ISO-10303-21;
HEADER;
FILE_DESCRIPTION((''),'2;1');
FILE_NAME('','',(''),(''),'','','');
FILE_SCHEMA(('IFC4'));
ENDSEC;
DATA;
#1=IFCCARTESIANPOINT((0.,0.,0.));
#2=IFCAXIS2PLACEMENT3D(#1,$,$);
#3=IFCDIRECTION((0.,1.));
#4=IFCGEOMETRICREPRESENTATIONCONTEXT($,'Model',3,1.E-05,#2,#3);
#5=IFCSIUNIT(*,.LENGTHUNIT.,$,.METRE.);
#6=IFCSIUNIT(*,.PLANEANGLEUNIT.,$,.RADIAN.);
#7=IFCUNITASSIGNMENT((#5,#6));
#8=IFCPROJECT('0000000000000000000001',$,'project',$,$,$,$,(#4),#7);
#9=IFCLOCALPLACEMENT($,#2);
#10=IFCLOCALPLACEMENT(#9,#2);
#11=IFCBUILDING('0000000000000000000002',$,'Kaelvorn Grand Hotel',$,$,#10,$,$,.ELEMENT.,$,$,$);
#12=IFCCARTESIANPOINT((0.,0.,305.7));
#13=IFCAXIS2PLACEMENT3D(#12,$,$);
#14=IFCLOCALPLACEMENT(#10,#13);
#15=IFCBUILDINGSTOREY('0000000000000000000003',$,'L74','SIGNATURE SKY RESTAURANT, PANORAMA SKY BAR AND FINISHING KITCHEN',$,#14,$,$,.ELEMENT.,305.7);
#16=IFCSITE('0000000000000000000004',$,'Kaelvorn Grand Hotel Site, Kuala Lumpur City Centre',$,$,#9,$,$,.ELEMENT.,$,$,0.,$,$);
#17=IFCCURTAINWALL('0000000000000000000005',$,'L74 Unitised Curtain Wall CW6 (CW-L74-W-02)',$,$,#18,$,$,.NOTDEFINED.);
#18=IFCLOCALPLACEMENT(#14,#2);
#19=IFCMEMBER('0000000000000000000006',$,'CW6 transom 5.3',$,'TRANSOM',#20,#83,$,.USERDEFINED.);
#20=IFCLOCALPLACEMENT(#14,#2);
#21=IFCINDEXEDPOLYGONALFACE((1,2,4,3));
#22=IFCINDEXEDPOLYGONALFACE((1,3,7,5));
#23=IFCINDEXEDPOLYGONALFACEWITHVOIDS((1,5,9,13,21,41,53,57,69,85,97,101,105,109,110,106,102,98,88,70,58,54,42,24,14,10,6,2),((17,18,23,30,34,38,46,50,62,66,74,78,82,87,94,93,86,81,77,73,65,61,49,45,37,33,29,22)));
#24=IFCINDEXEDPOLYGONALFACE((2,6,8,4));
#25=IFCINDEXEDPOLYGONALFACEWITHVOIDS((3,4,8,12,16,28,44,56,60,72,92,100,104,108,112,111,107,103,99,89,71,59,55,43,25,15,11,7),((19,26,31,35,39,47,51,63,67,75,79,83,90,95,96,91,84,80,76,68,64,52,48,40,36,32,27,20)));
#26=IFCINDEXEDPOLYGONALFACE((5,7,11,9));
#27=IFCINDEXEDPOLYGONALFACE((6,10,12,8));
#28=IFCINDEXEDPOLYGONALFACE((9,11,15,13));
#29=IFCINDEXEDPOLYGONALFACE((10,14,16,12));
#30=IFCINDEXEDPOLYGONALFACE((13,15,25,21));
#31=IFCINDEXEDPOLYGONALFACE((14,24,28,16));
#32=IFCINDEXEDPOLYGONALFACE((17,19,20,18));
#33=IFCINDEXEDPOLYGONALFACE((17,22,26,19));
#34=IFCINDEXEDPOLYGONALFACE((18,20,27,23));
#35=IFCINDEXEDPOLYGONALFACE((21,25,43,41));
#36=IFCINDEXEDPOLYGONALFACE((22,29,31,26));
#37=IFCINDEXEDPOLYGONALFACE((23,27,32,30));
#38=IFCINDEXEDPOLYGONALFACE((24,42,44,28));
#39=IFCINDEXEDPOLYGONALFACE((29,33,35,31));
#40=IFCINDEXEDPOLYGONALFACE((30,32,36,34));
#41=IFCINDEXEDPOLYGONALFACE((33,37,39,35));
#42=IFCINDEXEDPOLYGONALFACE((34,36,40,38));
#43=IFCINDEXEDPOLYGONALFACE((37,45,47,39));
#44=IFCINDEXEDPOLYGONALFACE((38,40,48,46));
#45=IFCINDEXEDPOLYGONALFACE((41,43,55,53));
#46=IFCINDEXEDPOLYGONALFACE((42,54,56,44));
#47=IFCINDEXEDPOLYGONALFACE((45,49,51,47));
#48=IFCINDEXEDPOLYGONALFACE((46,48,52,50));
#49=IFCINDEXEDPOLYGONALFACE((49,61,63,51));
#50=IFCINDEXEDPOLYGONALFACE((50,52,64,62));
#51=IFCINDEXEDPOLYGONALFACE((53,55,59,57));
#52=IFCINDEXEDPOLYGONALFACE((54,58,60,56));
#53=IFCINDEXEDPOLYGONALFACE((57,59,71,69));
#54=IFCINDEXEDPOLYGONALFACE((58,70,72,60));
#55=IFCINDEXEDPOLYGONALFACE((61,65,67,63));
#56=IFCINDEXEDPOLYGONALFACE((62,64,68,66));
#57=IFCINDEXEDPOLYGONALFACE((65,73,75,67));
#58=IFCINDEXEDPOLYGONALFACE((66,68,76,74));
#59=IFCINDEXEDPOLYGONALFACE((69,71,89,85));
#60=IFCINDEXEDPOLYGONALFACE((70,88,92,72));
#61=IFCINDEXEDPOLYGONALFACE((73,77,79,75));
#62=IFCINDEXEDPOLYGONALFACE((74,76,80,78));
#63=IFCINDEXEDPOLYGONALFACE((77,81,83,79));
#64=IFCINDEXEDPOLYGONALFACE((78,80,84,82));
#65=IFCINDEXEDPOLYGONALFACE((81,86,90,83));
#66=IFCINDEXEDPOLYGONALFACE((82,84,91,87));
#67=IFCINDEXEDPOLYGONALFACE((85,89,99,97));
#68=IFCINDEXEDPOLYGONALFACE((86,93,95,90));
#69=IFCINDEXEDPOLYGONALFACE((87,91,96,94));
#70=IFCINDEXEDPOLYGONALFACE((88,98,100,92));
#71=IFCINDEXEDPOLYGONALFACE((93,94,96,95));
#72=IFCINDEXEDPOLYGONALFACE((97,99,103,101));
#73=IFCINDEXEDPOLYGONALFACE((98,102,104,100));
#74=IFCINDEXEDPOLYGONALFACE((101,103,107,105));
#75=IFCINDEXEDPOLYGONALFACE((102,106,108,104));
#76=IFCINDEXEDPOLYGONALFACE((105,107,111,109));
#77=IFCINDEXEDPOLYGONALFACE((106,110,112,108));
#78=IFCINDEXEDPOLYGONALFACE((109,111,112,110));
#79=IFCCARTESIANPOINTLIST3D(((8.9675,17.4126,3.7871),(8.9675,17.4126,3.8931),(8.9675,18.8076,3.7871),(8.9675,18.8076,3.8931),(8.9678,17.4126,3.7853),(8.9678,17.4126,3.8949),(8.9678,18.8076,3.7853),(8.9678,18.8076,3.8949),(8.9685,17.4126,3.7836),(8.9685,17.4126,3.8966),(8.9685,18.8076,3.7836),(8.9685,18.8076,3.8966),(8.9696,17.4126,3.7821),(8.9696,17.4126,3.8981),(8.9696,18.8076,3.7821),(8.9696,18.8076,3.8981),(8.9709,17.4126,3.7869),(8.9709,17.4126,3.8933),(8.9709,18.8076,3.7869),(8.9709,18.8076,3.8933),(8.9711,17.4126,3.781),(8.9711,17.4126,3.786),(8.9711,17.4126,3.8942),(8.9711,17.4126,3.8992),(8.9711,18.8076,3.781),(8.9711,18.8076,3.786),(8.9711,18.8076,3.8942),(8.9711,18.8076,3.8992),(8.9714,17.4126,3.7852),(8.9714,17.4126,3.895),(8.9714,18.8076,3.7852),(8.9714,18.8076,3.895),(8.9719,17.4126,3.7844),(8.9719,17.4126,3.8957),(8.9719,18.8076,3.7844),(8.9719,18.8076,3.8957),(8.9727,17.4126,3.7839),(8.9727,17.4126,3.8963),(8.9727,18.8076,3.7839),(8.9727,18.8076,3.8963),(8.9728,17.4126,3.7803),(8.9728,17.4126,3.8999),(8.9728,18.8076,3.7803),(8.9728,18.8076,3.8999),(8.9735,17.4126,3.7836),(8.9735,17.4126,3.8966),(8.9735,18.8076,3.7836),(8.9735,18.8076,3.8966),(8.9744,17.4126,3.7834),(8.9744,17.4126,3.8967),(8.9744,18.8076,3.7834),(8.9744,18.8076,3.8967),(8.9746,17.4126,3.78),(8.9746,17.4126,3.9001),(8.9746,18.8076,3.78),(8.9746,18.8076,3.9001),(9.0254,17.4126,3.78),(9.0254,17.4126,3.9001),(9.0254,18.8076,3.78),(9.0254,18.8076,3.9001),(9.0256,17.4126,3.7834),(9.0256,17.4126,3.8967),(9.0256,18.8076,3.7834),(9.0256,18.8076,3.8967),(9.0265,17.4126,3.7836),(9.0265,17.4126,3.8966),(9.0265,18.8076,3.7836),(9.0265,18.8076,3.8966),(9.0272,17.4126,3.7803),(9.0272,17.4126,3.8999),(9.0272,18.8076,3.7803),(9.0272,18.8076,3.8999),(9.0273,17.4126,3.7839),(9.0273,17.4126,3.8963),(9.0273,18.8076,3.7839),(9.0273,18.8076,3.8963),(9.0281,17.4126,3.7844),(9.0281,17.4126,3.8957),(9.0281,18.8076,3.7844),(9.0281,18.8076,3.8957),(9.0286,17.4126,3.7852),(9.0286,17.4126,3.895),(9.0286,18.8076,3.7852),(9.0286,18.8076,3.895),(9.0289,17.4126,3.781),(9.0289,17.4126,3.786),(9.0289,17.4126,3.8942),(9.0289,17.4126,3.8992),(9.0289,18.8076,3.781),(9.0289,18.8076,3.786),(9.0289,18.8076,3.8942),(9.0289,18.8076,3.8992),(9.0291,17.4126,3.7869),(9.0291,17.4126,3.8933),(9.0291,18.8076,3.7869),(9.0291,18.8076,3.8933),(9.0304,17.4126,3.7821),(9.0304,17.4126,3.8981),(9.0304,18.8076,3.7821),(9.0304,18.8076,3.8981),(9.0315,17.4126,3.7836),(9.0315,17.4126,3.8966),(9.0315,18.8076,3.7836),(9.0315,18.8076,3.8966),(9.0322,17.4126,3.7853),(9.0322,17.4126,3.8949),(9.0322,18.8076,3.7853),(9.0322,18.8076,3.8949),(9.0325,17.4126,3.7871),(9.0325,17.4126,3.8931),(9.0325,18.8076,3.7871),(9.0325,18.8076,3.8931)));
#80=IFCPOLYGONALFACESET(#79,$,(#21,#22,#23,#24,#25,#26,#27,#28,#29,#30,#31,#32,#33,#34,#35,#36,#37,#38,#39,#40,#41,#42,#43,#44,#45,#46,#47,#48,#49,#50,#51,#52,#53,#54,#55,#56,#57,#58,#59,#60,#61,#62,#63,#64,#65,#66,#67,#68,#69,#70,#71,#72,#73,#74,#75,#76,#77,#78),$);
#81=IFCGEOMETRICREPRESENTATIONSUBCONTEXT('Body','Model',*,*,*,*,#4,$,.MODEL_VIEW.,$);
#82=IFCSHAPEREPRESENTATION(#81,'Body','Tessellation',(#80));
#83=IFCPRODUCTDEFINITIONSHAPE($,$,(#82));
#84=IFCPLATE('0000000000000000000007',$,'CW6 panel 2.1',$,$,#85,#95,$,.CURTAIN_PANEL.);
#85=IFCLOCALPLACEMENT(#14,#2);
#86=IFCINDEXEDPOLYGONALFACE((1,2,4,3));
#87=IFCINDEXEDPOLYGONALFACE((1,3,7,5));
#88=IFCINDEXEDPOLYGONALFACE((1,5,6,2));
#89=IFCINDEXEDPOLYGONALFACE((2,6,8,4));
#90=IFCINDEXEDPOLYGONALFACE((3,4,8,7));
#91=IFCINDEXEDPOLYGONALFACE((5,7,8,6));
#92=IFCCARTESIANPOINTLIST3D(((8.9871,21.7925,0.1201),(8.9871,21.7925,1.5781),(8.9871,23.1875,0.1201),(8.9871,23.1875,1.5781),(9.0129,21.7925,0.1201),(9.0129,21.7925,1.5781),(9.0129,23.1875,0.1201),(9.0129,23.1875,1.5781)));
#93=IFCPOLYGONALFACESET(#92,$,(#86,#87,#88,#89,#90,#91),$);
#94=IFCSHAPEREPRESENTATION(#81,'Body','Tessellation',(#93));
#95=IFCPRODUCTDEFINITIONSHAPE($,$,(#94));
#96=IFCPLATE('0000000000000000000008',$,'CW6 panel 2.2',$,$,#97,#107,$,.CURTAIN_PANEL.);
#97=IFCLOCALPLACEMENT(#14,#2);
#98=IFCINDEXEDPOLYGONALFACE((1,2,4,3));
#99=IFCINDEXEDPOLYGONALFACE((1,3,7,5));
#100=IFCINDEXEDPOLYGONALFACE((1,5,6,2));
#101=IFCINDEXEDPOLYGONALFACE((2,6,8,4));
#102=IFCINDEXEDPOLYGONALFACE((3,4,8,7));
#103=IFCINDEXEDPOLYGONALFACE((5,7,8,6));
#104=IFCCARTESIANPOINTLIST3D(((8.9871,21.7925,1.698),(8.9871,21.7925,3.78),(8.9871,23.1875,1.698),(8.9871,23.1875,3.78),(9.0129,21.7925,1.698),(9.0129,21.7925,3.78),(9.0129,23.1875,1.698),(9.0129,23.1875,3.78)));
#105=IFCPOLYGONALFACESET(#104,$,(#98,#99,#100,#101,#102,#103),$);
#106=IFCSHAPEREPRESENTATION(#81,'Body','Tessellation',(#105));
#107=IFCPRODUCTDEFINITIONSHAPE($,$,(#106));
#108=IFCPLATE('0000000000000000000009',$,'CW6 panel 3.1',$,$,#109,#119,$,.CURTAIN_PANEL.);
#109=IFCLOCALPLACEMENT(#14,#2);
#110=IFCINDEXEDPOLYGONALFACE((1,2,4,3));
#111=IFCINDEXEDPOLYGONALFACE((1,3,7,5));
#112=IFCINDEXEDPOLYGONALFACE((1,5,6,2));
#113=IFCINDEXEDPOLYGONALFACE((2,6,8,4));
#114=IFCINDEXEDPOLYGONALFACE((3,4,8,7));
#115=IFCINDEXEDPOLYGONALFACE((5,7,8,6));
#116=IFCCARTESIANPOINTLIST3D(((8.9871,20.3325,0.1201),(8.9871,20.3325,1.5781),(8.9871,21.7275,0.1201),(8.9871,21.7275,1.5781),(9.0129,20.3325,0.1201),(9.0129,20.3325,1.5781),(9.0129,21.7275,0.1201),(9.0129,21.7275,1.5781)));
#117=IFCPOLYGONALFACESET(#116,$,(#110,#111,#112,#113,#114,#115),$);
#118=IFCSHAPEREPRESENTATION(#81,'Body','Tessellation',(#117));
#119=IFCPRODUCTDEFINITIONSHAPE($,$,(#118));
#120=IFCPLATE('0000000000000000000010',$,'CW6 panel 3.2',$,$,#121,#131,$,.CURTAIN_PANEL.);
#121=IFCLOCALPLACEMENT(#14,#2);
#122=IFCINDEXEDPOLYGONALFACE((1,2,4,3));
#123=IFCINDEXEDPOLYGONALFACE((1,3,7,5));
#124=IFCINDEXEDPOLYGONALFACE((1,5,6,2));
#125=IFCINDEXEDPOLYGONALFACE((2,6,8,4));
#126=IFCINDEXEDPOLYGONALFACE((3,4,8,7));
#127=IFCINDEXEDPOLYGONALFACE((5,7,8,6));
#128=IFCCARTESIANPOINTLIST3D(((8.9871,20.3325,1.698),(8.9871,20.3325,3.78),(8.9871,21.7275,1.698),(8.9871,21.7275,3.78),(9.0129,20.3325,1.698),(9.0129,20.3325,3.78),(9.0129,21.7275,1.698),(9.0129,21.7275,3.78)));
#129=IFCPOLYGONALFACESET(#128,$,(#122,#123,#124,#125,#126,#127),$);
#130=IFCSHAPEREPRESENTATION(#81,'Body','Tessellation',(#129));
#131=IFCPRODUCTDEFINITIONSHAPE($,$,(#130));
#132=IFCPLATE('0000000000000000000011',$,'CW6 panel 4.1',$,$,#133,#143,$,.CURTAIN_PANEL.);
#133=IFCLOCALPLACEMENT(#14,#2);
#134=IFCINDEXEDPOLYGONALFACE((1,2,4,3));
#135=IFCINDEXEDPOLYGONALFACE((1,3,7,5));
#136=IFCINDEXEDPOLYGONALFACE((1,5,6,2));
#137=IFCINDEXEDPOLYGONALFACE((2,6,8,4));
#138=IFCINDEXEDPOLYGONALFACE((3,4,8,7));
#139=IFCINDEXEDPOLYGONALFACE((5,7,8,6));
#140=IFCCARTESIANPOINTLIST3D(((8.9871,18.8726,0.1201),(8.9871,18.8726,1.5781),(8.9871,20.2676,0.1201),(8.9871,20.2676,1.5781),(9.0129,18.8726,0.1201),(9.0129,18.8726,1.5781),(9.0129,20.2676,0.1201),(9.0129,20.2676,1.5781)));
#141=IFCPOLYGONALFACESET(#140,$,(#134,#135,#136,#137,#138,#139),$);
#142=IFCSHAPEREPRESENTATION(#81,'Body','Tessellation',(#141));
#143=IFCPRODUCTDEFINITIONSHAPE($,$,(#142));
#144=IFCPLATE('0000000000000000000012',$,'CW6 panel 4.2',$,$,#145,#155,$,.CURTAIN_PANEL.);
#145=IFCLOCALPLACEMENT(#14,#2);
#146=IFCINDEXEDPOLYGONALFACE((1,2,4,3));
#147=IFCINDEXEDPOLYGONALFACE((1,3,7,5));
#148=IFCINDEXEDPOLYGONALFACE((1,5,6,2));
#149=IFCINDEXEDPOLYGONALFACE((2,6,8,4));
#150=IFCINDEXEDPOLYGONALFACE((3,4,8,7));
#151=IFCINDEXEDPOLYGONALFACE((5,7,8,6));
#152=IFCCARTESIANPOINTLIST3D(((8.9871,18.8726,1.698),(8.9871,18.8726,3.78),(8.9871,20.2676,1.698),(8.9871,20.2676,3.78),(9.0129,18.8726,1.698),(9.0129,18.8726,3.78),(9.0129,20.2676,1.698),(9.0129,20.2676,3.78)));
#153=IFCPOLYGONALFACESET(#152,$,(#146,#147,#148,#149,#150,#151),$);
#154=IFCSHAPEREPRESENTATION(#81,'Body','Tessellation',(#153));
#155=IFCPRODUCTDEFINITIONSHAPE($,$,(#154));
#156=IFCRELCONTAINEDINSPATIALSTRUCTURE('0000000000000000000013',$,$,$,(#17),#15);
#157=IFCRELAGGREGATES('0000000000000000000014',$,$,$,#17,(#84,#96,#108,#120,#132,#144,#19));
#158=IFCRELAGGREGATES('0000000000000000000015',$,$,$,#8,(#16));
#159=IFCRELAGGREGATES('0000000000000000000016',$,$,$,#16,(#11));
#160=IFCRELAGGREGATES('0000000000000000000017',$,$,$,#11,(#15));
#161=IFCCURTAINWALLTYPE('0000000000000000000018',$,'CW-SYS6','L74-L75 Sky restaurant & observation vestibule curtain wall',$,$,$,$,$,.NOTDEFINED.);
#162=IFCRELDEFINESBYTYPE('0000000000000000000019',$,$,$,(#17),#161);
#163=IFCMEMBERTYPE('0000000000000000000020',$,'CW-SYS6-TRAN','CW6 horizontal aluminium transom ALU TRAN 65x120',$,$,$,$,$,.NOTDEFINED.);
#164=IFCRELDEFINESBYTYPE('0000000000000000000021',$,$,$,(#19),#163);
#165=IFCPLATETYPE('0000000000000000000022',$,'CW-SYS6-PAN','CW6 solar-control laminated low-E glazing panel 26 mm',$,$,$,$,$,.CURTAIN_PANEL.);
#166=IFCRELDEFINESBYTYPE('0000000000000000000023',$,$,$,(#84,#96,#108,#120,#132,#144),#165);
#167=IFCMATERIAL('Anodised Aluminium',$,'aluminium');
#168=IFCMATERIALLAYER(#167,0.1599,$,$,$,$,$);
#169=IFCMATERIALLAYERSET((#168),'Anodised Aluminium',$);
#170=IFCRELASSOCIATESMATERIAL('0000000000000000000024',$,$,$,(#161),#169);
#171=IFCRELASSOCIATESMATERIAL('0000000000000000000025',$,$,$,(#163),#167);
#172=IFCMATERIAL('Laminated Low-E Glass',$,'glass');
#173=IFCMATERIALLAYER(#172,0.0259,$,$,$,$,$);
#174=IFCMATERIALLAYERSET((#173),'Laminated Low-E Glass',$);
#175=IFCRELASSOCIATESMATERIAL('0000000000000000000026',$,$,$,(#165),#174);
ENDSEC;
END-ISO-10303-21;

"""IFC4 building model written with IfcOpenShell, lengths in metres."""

from ifc_helpers import new_model, si_unit, direction, frame, origin, origin_2d, place, context, subcontext, project, spatial, rectangle, hollow_rectangle, extrude, material, layer, layer_set, material_profile, profile_set, type_object, element, aggregate, save


model = new_model("IFC4")

# Units and contexts
model_context = context("Model", 3, precision=1e-05, world=origin(), true_north=direction((0.0, 1.0)))
body_context = subcontext(model_context, "Body", "Model", "MODEL_VIEW")
ifc_project = project(units=[si_unit("LENGTHUNIT", "METRE"), si_unit("PLANEANGLEUNIT", "RADIAN")], contexts=[model_context])

# Site, building, storey
site_placement = place(None, origin())
site = spatial("IfcSite", under=ifc_project, at=site_placement, Name="Kaelvorn Grand Hotel Site, Kuala Lumpur City Centre", CompositionType="ELEMENT", RefElevation=0.0)
building_placement = place(site_placement, origin())
building = spatial("IfcBuilding", under=site, at=building_placement, Name="Kaelvorn Grand Hotel", CompositionType="ELEMENT")
storey_placement = place(building_placement, frame((0.0, 0.0, 305.7)))
storey = spatial("IfcBuildingStorey", under=building, at=storey_placement, Name="L74", Description="SIGNATURE SKY RESTAURANT, PANORAMA SKY BAR AND FINISHING KITCHEN", CompositionType="ELEMENT", Elevation=305.7)

# Curtain wall, member, plates
ifc_material_1 = material(Name="Anodised Aluminium", Category="aluminium")
ifc_layer_1 = layer(ifc_material_1, 0.1599)
ifc_layer_set_1 = layer_set([ifc_layer_1], Name="Anodised Aluminium")
curtain_wall_type = type_object("IfcCurtainWallType", Name="CW-SYS6", Description="L74-L75 Sky restaurant & observation vestibule curtain wall", PredefinedType="NOTDEFINED", material=ifc_layer_set_1)
curtain_wall_placement = place(storey_placement, origin())
curtain_wall = element("IfcCurtainWall", 1, at=curtain_wall_placement, inside=storey, type_object=curtain_wall_type, Name="L74 Unitised Curtain Wall CW6 (CW-L74-W-02)", PredefinedType="NOTDEFINED")
ifc_material_profile_1 = material_profile(ifc_material_1, hollow_rectangle(XDim=0.0649, YDim=0.1201, WallThickness=0.0034, InnerFilletRadius=0.0034, OuterFilletRadius=0.0071, at=origin_2d()), Name="ALU TRAN 65x120")
ifc_profile_set_1 = profile_set([ifc_material_profile_1], Name="Anodised Aluminium")
member_type_1 = type_object("IfcMemberType", Name="CW-SYS6-TRAN", Description="CW6 horizontal aluminium transom ALU TRAN 65x120", PredefinedType="NOTDEFINED", material=ifc_profile_set_1)
member_1_placement = place(storey_placement, frame((9.0, 18.8076, 3.8401), z_axis=(0.0, -1.0, 0.0), x_axis=(1.0, 0.0, 0.0)))
member_1 = element("IfcMember", 2, at=member_1_placement, type_object=member_type_1, Name="CW6 transom 5.3", ObjectType="TRANSOM", PredefinedType="USERDEFINED", context=body_context, shape_type="SweptSolid", body=[
    extrude(hollow_rectangle(XDim=0.0649, YDim=0.1201, WallThickness=0.0034, InnerFilletRadius=0.0034, OuterFilletRadius=0.0071, at=origin_2d()), origin(), (0.0, 0.0, 1.0), 1.395),
])
ifc_material_2 = material(Name="Laminated Low-E Glass", Category="glass")
ifc_layer_2 = layer(ifc_material_2, 0.0259)
ifc_layer_set_2 = layer_set([ifc_layer_2], Name="Laminated Low-E Glass")
plate_type = type_object("IfcPlateType", Name="CW-SYS6-PAN", Description="CW6 solar-control laminated low-E glazing panel 26 mm", PredefinedType="CURTAIN_PANEL", material=ifc_layer_set_2)
plate_1_placement = place(storey_placement, frame((9.0, 22.49, 0.1201), z_axis=(0.0, 0.0, 1.0), x_axis=(0.0, -1.0, 0.0)))
plate_1 = element("IfcPlate", 3, at=plate_1_placement, type_object=plate_type, Name="CW6 panel 2.1", PredefinedType="CURTAIN_PANEL", context=body_context, shape_type="SweptSolid", body=[
    extrude(rectangle(XDim=1.395, YDim=0.0259, at=origin_2d()), origin(), (0.0, 0.0, 1.0), 1.458),
])
plate_2_placement = place(storey_placement, frame((9.0, 22.49, 1.698), z_axis=(0.0, 0.0, 1.0), x_axis=(0.0, -1.0, 0.0)))
plate_2 = element("IfcPlate", 4, at=plate_2_placement, type_object=plate_type, Name="CW6 panel 2.2", PredefinedType="CURTAIN_PANEL", context=body_context, shape_type="SweptSolid", body=[
    extrude(rectangle(XDim=1.395, YDim=0.0259, at=origin_2d()), origin(), (0.0, 0.0, 1.0), 2.082),
])
plate_3_placement = place(storey_placement, frame((9.0, 21.03, 0.1201), z_axis=(0.0, 0.0, 1.0), x_axis=(0.0, -1.0, 0.0)))
plate_3 = element("IfcPlate", 5, at=plate_3_placement, type_object=plate_type, Name="CW6 panel 3.1", PredefinedType="CURTAIN_PANEL", context=body_context, shape_type="SweptSolid", body=[
    extrude(rectangle(XDim=1.395, YDim=0.0259, at=origin_2d()), origin(), (0.0, 0.0, 1.0), 1.458),
])
plate_4_placement = place(storey_placement, frame((9.0, 21.03, 1.698), z_axis=(0.0, 0.0, 1.0), x_axis=(0.0, -1.0, 0.0)))
plate_4 = element("IfcPlate", 6, at=plate_4_placement, type_object=plate_type, Name="CW6 panel 3.2", PredefinedType="CURTAIN_PANEL", context=body_context, shape_type="SweptSolid", body=[
    extrude(rectangle(XDim=1.395, YDim=0.0259, at=origin_2d()), origin(), (0.0, 0.0, 1.0), 2.082),
])
plate_5_placement = place(storey_placement, frame((9.0, 19.5701, 0.1201), z_axis=(0.0, 0.0, 1.0), x_axis=(0.0, -1.0, 0.0)))
plate_5 = element("IfcPlate", 7, at=plate_5_placement, type_object=plate_type, Name="CW6 panel 4.1", PredefinedType="CURTAIN_PANEL", context=body_context, shape_type="SweptSolid", body=[
    extrude(rectangle(XDim=1.395, YDim=0.0259, at=origin_2d()), origin(), (0.0, 0.0, 1.0), 1.458),
])
plate_6_placement = place(storey_placement, frame((9.0, 19.5701, 1.698), z_axis=(0.0, 0.0, 1.0), x_axis=(0.0, -1.0, 0.0)))
plate_6 = element("IfcPlate", 8, at=plate_6_placement, type_object=plate_type, Name="CW6 panel 4.2", PredefinedType="CURTAIN_PANEL", context=body_context, shape_type="SweptSolid", body=[
    extrude(rectangle(XDim=1.395, YDim=0.0259, at=origin_2d()), origin(), (0.0, 0.0, 1.0), 2.082),
])
aggregate(curtain_wall, [plate_1, plate_2, plate_3, plate_4, plate_5, plate_6, member_1])

save(model, "model.ifc")
